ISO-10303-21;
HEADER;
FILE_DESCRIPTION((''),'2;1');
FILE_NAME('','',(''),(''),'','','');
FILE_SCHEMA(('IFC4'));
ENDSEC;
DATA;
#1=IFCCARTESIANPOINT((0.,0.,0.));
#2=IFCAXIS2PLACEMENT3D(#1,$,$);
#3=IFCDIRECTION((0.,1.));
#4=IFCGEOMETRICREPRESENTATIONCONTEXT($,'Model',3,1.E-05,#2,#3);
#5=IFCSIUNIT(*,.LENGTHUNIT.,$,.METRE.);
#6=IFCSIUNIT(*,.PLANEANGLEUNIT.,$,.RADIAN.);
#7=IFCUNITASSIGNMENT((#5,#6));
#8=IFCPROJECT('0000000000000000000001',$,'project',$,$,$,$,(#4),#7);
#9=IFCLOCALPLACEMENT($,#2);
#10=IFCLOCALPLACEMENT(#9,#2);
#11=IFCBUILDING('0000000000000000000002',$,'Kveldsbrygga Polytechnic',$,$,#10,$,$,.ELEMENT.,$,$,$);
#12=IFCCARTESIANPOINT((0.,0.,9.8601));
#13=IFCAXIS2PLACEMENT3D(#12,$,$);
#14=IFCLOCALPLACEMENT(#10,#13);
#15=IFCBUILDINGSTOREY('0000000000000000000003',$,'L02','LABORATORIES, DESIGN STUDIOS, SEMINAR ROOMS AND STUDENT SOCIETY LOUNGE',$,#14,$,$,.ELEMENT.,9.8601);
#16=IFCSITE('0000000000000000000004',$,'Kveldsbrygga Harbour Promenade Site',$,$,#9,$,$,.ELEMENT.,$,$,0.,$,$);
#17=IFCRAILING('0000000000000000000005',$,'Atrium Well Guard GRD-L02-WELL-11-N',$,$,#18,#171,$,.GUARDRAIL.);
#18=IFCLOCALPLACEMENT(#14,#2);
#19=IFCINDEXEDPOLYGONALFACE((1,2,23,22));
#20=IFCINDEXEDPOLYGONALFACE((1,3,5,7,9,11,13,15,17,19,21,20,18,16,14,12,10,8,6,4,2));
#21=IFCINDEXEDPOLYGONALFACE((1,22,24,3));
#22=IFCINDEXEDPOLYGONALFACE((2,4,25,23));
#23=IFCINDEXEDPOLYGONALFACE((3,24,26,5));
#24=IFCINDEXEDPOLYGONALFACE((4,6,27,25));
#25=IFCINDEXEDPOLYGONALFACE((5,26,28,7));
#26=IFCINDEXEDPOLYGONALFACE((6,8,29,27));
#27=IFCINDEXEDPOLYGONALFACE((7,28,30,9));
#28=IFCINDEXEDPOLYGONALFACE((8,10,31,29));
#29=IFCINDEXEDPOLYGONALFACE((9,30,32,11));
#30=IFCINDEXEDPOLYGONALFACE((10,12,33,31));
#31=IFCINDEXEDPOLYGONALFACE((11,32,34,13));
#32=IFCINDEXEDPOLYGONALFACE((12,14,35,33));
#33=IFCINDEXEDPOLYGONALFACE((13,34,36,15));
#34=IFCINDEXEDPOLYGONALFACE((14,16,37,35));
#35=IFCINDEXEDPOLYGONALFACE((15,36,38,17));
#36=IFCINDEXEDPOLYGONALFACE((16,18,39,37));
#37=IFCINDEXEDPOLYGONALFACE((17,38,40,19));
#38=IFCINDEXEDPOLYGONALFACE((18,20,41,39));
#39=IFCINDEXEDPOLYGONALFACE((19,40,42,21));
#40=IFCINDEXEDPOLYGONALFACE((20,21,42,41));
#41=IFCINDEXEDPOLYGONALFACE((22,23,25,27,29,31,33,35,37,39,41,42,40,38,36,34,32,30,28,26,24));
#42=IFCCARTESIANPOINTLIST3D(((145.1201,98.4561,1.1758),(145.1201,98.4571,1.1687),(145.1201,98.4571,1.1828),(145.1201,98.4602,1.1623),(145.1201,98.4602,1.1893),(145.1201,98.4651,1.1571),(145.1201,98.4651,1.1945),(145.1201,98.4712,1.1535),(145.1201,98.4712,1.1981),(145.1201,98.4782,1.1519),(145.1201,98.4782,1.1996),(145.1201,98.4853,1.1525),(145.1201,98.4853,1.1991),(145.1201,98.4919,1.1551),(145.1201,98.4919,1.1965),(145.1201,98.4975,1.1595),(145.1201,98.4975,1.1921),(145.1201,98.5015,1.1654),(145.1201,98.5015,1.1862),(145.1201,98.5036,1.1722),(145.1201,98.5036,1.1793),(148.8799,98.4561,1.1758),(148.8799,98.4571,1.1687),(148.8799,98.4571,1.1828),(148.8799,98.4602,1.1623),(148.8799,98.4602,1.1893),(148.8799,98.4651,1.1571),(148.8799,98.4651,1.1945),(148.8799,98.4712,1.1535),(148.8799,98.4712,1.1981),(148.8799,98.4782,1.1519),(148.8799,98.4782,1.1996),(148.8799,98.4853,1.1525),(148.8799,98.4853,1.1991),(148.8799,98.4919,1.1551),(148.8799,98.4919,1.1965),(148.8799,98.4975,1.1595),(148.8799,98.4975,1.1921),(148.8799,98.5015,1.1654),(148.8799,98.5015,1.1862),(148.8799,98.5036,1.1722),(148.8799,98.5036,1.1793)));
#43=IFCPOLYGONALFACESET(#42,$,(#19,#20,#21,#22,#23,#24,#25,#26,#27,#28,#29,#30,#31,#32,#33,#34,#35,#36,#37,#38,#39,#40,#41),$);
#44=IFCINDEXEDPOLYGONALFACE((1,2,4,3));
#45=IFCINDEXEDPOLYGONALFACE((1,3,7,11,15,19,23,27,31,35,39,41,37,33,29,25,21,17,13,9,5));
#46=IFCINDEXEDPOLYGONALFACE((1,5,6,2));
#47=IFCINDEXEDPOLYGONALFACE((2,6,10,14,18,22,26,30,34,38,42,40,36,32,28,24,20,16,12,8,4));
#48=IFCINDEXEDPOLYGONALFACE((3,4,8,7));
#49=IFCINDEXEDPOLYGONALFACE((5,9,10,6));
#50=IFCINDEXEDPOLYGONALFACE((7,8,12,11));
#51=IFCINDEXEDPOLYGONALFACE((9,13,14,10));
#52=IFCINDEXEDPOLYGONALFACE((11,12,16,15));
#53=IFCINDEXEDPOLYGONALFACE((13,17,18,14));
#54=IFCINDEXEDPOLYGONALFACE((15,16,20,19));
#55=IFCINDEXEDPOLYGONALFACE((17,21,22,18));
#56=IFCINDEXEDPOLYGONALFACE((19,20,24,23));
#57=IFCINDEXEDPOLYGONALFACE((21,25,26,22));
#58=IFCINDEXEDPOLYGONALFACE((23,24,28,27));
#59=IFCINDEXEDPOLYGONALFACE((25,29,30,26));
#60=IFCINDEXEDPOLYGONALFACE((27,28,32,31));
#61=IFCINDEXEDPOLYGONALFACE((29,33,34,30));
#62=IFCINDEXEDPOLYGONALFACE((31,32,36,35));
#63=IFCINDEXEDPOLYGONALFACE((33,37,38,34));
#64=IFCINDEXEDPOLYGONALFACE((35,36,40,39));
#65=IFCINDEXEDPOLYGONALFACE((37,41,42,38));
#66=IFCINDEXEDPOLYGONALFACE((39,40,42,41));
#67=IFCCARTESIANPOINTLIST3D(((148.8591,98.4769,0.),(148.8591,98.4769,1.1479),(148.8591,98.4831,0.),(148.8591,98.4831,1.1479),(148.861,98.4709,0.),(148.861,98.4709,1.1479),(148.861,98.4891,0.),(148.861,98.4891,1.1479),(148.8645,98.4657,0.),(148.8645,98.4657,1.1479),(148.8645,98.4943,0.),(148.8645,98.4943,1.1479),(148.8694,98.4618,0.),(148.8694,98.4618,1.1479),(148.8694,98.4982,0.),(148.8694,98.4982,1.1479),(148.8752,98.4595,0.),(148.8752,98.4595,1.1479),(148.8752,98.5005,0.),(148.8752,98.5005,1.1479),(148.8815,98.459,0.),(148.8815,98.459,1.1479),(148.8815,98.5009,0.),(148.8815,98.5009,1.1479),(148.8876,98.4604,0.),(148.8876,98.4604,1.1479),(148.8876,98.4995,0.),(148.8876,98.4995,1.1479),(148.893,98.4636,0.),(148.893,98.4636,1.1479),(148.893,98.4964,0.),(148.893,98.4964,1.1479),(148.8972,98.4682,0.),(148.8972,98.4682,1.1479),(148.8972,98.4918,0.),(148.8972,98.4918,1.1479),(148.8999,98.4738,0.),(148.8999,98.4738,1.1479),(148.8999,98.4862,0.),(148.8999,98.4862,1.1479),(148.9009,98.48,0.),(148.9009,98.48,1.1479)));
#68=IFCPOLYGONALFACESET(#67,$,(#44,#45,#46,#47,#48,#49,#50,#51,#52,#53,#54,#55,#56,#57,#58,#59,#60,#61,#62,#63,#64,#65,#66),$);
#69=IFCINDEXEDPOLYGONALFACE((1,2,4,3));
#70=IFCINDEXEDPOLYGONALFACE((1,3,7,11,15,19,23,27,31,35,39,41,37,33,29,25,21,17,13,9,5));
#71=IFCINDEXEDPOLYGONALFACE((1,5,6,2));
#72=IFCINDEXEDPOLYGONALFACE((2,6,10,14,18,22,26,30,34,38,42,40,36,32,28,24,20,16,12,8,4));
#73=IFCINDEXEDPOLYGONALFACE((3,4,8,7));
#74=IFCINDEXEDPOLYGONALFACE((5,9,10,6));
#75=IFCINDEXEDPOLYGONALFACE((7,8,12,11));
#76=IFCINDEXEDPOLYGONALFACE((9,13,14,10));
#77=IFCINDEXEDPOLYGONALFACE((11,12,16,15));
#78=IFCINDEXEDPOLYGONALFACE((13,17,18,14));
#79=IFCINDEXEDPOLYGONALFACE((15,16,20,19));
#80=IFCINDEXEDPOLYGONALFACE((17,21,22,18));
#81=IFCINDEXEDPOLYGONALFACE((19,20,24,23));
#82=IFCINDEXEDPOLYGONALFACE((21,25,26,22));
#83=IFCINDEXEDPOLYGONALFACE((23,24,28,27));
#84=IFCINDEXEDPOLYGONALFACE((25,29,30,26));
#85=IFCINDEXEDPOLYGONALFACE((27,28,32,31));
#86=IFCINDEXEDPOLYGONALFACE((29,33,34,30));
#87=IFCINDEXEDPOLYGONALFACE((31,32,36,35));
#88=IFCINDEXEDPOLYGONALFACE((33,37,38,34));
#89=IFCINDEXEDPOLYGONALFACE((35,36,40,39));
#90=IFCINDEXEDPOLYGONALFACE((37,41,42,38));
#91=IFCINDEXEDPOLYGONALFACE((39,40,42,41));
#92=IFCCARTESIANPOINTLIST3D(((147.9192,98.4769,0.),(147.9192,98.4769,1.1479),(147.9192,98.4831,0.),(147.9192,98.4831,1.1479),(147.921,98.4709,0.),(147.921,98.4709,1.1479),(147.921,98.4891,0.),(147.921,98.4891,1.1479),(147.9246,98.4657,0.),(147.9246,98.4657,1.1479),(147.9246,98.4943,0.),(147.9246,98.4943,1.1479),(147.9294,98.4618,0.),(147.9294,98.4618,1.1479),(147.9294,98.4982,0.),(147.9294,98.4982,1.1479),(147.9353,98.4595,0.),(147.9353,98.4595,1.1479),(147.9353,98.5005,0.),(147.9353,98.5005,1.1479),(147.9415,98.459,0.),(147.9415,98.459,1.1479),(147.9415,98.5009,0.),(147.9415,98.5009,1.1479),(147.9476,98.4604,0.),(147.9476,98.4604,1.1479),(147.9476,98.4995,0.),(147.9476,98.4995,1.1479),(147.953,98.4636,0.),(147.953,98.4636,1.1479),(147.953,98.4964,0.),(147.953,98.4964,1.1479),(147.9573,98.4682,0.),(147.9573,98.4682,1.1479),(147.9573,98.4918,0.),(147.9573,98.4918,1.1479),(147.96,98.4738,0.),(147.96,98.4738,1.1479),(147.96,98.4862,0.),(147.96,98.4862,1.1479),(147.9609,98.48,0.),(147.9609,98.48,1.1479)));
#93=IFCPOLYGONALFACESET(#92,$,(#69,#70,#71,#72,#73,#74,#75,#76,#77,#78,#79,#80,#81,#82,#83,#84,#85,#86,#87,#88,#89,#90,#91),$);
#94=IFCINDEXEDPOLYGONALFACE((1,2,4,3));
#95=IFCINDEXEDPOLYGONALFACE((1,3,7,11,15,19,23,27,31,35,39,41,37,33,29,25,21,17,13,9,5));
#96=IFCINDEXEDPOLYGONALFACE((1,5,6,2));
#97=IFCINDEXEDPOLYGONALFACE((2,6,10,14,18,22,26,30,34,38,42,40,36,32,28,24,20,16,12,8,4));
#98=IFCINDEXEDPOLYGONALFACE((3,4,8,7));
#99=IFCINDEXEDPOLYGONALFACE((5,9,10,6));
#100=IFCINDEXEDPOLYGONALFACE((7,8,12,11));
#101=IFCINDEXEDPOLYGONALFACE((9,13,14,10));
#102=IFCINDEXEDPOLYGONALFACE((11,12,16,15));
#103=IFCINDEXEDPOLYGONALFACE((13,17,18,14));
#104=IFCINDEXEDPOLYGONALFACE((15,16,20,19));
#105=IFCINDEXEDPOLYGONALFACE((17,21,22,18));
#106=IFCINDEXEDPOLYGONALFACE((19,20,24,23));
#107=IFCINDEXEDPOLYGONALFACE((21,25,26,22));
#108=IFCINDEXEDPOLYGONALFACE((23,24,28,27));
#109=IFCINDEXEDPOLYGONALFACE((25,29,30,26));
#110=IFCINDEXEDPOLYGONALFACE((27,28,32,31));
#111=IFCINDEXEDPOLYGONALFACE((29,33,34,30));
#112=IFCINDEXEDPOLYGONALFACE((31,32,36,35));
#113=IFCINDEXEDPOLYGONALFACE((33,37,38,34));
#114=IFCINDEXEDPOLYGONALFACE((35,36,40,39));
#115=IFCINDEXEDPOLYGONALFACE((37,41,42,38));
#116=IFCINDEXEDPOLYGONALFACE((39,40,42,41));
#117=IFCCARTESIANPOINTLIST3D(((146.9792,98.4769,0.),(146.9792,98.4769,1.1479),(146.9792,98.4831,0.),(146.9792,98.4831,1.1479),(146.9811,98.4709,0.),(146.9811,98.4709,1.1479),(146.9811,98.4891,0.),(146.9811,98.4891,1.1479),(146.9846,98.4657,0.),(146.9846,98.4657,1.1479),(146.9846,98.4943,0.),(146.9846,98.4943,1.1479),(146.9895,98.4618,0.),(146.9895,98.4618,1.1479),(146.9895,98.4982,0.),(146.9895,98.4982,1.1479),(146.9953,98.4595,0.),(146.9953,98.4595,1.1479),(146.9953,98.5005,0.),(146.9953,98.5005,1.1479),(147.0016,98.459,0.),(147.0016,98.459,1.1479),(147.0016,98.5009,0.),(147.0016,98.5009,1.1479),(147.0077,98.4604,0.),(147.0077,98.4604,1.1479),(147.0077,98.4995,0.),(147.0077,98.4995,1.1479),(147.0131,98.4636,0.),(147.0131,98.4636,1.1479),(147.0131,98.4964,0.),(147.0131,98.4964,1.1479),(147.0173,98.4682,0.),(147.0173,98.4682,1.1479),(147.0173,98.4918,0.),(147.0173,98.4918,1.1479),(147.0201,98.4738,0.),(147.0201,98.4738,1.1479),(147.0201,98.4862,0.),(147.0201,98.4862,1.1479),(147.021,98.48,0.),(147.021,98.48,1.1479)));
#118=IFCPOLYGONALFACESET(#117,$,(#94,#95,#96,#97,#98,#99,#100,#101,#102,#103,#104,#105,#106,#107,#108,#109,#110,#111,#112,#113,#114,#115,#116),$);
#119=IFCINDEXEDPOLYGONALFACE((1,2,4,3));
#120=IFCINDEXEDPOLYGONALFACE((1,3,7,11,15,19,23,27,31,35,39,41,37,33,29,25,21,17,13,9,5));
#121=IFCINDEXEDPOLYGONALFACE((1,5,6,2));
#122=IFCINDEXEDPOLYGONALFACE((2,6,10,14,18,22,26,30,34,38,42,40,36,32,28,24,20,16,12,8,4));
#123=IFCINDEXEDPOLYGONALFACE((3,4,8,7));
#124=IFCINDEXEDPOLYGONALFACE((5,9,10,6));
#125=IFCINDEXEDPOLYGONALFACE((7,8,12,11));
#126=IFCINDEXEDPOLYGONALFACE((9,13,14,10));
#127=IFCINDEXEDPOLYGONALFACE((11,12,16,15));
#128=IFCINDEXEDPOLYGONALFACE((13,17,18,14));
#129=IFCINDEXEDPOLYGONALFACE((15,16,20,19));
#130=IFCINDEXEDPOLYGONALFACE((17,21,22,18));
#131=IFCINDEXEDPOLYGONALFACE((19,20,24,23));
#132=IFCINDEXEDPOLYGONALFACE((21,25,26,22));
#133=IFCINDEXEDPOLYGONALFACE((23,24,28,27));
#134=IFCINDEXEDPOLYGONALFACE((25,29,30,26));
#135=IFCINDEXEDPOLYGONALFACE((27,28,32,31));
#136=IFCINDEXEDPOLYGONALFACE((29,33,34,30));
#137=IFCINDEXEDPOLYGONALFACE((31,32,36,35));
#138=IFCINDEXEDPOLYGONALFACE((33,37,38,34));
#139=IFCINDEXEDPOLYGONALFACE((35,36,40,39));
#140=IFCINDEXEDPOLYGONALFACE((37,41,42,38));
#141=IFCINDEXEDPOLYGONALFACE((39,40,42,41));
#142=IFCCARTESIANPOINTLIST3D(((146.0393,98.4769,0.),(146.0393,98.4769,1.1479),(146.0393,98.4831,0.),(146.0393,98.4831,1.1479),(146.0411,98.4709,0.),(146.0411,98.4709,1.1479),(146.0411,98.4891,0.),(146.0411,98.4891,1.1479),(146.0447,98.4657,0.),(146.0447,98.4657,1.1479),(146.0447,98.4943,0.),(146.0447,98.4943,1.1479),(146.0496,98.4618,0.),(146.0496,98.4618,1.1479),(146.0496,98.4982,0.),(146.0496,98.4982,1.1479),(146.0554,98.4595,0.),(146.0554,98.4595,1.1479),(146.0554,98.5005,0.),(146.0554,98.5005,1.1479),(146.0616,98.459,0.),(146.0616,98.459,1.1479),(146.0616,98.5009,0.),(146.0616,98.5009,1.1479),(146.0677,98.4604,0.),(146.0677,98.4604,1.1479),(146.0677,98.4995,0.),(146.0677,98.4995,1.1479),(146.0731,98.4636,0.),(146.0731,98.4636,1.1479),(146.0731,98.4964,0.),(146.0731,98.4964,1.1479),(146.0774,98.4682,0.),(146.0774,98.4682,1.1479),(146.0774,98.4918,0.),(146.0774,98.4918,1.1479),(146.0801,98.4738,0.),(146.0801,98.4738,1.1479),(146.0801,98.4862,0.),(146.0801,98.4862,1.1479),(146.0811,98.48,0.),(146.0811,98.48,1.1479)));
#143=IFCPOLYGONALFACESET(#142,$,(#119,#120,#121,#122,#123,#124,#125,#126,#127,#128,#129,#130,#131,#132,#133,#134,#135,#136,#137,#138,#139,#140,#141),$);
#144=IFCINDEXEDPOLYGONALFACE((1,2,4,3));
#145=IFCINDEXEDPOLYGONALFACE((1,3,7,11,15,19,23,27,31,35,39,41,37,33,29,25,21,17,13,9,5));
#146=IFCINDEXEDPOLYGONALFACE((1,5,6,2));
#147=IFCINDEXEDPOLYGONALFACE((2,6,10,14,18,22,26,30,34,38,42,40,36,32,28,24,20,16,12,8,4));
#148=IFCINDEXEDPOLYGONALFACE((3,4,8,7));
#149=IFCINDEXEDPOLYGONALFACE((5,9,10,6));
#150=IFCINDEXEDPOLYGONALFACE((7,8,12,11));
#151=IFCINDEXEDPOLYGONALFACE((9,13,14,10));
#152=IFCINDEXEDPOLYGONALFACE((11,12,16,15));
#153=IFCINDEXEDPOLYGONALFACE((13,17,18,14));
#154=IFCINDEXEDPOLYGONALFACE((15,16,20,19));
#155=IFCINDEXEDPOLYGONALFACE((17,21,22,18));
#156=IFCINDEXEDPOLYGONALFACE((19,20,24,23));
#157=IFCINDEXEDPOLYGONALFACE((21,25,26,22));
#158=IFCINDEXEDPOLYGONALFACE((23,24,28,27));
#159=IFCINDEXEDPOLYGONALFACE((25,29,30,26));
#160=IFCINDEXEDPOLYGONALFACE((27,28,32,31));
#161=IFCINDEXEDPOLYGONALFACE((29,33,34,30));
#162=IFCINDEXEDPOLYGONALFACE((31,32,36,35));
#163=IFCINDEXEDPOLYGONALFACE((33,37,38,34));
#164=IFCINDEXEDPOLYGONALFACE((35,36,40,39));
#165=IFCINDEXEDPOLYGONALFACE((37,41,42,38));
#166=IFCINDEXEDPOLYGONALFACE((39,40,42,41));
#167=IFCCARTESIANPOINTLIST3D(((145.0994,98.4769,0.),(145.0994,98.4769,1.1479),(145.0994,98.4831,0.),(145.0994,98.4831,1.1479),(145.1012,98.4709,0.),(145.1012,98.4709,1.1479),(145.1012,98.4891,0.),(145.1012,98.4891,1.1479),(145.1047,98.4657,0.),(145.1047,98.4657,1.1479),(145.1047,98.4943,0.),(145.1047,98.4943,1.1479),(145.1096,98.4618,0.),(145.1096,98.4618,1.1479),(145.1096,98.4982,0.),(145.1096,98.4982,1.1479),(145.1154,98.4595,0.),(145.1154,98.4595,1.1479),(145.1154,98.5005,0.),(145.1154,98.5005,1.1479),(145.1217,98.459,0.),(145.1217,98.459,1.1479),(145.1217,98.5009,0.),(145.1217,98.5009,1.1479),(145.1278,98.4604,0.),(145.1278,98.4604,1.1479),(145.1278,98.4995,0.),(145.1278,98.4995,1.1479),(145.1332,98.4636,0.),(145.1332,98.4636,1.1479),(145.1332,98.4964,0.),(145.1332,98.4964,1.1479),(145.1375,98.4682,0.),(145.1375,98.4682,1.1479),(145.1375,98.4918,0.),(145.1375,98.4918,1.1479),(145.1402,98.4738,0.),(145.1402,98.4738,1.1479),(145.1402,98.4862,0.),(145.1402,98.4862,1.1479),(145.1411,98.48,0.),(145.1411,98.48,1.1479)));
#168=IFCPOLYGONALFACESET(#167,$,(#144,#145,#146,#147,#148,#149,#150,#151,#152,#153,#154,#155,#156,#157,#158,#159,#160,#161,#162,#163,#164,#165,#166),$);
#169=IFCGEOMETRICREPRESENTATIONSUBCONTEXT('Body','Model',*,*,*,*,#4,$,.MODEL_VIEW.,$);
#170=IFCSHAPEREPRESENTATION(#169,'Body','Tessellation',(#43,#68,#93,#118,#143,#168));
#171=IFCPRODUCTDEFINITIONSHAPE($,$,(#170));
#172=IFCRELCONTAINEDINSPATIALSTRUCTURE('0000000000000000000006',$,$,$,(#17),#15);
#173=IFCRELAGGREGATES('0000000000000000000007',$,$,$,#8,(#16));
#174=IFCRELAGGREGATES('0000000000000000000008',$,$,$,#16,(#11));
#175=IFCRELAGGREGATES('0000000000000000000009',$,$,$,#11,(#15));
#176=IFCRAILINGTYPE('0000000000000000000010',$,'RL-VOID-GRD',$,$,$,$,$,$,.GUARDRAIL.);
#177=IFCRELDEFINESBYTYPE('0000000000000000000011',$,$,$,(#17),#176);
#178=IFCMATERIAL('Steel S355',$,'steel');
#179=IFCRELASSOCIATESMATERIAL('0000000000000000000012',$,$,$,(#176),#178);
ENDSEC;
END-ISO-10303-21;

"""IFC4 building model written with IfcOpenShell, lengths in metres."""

from ifc_helpers import new_model, si_unit, direction, frame, origin, origin_2d, place, context, subcontext, project, spatial, circle, extrude, material, type_object, element, save


model = new_model("IFC4")

# Units and contexts
model_context = context("Model", 3, precision=1e-05, world=origin(), true_north=direction((0.0, 1.0)))
body_context = subcontext(model_context, "Body", "Model", "MODEL_VIEW")
ifc_project = project(units=[si_unit("LENGTHUNIT", "METRE"), si_unit("PLANEANGLEUNIT", "RADIAN")], contexts=[model_context])

# Site, building, storey
site_placement = place(None, origin())
site = spatial("IfcSite", under=ifc_project, at=site_placement, Name="Kveldsbrygga Harbour Promenade Site", CompositionType="ELEMENT", RefElevation=0.0)
building_placement = place(site_placement, origin())
building = spatial("IfcBuilding", under=site, at=building_placement, Name="Kveldsbrygga Polytechnic", CompositionType="ELEMENT")
storey_placement = place(building_placement, frame((0.0, 0.0, 9.8601)))
storey = spatial("IfcBuildingStorey", under=building, at=storey_placement, Name="L02", Description="LABORATORIES, DESIGN STUDIOS, SEMINAR ROOMS AND STUDENT SOCIETY LOUNGE", CompositionType="ELEMENT", Elevation=9.8601)

# Shared definitions
ifc_material_1 = material(Name="Steel S355", Category="steel")

# Railing
railing_type = type_object("IfcRailingType", Name="RL-VOID-GRD", PredefinedType="GUARDRAIL", material=ifc_material_1)
railing_1_placement = place(storey_placement, frame((148.8799, 98.48, 0.0)))
element("IfcRailing", 1, at=railing_1_placement, inside=storey, type_object=railing_type, Name="Atrium Well Guard GRD-L02-WELL-11-N", PredefinedType="GUARDRAIL", context=body_context, shape_type="SweptSolid", body=[
    extrude(circle(Radius=0.0239, at=origin_2d()), frame((0.0, 0.0, 1.1758), z_axis=(-1.0, 0.0, 0.0), x_axis=(0.0, -1.0, 0.0)), (0.0, 0.0, 1.0), 3.7598),
    extrude(circle(Radius=0.021, at=origin_2d()), origin(), (0.0, 0.0, 1.0), 1.1479),
    extrude(circle(Radius=0.021, at=origin_2d()), frame((-0.9399, 0.0, 0.0)), (0.0, 0.0, 1.0), 1.1479),
    extrude(circle(Radius=0.021, at=origin_2d()), frame((-1.8799, 0.0, 0.0)), (0.0, 0.0, 1.0), 1.1479),
    extrude(circle(Radius=0.021, at=origin_2d()), frame((-2.8198, 0.0, 0.0)), (0.0, 0.0, 1.0), 1.1479),
    extrude(circle(Radius=0.021, at=origin_2d()), frame((-3.7598, 0.0, 0.0)), (0.0, 0.0, 1.0), 1.1479),
])

save(model, "model.ifc")
